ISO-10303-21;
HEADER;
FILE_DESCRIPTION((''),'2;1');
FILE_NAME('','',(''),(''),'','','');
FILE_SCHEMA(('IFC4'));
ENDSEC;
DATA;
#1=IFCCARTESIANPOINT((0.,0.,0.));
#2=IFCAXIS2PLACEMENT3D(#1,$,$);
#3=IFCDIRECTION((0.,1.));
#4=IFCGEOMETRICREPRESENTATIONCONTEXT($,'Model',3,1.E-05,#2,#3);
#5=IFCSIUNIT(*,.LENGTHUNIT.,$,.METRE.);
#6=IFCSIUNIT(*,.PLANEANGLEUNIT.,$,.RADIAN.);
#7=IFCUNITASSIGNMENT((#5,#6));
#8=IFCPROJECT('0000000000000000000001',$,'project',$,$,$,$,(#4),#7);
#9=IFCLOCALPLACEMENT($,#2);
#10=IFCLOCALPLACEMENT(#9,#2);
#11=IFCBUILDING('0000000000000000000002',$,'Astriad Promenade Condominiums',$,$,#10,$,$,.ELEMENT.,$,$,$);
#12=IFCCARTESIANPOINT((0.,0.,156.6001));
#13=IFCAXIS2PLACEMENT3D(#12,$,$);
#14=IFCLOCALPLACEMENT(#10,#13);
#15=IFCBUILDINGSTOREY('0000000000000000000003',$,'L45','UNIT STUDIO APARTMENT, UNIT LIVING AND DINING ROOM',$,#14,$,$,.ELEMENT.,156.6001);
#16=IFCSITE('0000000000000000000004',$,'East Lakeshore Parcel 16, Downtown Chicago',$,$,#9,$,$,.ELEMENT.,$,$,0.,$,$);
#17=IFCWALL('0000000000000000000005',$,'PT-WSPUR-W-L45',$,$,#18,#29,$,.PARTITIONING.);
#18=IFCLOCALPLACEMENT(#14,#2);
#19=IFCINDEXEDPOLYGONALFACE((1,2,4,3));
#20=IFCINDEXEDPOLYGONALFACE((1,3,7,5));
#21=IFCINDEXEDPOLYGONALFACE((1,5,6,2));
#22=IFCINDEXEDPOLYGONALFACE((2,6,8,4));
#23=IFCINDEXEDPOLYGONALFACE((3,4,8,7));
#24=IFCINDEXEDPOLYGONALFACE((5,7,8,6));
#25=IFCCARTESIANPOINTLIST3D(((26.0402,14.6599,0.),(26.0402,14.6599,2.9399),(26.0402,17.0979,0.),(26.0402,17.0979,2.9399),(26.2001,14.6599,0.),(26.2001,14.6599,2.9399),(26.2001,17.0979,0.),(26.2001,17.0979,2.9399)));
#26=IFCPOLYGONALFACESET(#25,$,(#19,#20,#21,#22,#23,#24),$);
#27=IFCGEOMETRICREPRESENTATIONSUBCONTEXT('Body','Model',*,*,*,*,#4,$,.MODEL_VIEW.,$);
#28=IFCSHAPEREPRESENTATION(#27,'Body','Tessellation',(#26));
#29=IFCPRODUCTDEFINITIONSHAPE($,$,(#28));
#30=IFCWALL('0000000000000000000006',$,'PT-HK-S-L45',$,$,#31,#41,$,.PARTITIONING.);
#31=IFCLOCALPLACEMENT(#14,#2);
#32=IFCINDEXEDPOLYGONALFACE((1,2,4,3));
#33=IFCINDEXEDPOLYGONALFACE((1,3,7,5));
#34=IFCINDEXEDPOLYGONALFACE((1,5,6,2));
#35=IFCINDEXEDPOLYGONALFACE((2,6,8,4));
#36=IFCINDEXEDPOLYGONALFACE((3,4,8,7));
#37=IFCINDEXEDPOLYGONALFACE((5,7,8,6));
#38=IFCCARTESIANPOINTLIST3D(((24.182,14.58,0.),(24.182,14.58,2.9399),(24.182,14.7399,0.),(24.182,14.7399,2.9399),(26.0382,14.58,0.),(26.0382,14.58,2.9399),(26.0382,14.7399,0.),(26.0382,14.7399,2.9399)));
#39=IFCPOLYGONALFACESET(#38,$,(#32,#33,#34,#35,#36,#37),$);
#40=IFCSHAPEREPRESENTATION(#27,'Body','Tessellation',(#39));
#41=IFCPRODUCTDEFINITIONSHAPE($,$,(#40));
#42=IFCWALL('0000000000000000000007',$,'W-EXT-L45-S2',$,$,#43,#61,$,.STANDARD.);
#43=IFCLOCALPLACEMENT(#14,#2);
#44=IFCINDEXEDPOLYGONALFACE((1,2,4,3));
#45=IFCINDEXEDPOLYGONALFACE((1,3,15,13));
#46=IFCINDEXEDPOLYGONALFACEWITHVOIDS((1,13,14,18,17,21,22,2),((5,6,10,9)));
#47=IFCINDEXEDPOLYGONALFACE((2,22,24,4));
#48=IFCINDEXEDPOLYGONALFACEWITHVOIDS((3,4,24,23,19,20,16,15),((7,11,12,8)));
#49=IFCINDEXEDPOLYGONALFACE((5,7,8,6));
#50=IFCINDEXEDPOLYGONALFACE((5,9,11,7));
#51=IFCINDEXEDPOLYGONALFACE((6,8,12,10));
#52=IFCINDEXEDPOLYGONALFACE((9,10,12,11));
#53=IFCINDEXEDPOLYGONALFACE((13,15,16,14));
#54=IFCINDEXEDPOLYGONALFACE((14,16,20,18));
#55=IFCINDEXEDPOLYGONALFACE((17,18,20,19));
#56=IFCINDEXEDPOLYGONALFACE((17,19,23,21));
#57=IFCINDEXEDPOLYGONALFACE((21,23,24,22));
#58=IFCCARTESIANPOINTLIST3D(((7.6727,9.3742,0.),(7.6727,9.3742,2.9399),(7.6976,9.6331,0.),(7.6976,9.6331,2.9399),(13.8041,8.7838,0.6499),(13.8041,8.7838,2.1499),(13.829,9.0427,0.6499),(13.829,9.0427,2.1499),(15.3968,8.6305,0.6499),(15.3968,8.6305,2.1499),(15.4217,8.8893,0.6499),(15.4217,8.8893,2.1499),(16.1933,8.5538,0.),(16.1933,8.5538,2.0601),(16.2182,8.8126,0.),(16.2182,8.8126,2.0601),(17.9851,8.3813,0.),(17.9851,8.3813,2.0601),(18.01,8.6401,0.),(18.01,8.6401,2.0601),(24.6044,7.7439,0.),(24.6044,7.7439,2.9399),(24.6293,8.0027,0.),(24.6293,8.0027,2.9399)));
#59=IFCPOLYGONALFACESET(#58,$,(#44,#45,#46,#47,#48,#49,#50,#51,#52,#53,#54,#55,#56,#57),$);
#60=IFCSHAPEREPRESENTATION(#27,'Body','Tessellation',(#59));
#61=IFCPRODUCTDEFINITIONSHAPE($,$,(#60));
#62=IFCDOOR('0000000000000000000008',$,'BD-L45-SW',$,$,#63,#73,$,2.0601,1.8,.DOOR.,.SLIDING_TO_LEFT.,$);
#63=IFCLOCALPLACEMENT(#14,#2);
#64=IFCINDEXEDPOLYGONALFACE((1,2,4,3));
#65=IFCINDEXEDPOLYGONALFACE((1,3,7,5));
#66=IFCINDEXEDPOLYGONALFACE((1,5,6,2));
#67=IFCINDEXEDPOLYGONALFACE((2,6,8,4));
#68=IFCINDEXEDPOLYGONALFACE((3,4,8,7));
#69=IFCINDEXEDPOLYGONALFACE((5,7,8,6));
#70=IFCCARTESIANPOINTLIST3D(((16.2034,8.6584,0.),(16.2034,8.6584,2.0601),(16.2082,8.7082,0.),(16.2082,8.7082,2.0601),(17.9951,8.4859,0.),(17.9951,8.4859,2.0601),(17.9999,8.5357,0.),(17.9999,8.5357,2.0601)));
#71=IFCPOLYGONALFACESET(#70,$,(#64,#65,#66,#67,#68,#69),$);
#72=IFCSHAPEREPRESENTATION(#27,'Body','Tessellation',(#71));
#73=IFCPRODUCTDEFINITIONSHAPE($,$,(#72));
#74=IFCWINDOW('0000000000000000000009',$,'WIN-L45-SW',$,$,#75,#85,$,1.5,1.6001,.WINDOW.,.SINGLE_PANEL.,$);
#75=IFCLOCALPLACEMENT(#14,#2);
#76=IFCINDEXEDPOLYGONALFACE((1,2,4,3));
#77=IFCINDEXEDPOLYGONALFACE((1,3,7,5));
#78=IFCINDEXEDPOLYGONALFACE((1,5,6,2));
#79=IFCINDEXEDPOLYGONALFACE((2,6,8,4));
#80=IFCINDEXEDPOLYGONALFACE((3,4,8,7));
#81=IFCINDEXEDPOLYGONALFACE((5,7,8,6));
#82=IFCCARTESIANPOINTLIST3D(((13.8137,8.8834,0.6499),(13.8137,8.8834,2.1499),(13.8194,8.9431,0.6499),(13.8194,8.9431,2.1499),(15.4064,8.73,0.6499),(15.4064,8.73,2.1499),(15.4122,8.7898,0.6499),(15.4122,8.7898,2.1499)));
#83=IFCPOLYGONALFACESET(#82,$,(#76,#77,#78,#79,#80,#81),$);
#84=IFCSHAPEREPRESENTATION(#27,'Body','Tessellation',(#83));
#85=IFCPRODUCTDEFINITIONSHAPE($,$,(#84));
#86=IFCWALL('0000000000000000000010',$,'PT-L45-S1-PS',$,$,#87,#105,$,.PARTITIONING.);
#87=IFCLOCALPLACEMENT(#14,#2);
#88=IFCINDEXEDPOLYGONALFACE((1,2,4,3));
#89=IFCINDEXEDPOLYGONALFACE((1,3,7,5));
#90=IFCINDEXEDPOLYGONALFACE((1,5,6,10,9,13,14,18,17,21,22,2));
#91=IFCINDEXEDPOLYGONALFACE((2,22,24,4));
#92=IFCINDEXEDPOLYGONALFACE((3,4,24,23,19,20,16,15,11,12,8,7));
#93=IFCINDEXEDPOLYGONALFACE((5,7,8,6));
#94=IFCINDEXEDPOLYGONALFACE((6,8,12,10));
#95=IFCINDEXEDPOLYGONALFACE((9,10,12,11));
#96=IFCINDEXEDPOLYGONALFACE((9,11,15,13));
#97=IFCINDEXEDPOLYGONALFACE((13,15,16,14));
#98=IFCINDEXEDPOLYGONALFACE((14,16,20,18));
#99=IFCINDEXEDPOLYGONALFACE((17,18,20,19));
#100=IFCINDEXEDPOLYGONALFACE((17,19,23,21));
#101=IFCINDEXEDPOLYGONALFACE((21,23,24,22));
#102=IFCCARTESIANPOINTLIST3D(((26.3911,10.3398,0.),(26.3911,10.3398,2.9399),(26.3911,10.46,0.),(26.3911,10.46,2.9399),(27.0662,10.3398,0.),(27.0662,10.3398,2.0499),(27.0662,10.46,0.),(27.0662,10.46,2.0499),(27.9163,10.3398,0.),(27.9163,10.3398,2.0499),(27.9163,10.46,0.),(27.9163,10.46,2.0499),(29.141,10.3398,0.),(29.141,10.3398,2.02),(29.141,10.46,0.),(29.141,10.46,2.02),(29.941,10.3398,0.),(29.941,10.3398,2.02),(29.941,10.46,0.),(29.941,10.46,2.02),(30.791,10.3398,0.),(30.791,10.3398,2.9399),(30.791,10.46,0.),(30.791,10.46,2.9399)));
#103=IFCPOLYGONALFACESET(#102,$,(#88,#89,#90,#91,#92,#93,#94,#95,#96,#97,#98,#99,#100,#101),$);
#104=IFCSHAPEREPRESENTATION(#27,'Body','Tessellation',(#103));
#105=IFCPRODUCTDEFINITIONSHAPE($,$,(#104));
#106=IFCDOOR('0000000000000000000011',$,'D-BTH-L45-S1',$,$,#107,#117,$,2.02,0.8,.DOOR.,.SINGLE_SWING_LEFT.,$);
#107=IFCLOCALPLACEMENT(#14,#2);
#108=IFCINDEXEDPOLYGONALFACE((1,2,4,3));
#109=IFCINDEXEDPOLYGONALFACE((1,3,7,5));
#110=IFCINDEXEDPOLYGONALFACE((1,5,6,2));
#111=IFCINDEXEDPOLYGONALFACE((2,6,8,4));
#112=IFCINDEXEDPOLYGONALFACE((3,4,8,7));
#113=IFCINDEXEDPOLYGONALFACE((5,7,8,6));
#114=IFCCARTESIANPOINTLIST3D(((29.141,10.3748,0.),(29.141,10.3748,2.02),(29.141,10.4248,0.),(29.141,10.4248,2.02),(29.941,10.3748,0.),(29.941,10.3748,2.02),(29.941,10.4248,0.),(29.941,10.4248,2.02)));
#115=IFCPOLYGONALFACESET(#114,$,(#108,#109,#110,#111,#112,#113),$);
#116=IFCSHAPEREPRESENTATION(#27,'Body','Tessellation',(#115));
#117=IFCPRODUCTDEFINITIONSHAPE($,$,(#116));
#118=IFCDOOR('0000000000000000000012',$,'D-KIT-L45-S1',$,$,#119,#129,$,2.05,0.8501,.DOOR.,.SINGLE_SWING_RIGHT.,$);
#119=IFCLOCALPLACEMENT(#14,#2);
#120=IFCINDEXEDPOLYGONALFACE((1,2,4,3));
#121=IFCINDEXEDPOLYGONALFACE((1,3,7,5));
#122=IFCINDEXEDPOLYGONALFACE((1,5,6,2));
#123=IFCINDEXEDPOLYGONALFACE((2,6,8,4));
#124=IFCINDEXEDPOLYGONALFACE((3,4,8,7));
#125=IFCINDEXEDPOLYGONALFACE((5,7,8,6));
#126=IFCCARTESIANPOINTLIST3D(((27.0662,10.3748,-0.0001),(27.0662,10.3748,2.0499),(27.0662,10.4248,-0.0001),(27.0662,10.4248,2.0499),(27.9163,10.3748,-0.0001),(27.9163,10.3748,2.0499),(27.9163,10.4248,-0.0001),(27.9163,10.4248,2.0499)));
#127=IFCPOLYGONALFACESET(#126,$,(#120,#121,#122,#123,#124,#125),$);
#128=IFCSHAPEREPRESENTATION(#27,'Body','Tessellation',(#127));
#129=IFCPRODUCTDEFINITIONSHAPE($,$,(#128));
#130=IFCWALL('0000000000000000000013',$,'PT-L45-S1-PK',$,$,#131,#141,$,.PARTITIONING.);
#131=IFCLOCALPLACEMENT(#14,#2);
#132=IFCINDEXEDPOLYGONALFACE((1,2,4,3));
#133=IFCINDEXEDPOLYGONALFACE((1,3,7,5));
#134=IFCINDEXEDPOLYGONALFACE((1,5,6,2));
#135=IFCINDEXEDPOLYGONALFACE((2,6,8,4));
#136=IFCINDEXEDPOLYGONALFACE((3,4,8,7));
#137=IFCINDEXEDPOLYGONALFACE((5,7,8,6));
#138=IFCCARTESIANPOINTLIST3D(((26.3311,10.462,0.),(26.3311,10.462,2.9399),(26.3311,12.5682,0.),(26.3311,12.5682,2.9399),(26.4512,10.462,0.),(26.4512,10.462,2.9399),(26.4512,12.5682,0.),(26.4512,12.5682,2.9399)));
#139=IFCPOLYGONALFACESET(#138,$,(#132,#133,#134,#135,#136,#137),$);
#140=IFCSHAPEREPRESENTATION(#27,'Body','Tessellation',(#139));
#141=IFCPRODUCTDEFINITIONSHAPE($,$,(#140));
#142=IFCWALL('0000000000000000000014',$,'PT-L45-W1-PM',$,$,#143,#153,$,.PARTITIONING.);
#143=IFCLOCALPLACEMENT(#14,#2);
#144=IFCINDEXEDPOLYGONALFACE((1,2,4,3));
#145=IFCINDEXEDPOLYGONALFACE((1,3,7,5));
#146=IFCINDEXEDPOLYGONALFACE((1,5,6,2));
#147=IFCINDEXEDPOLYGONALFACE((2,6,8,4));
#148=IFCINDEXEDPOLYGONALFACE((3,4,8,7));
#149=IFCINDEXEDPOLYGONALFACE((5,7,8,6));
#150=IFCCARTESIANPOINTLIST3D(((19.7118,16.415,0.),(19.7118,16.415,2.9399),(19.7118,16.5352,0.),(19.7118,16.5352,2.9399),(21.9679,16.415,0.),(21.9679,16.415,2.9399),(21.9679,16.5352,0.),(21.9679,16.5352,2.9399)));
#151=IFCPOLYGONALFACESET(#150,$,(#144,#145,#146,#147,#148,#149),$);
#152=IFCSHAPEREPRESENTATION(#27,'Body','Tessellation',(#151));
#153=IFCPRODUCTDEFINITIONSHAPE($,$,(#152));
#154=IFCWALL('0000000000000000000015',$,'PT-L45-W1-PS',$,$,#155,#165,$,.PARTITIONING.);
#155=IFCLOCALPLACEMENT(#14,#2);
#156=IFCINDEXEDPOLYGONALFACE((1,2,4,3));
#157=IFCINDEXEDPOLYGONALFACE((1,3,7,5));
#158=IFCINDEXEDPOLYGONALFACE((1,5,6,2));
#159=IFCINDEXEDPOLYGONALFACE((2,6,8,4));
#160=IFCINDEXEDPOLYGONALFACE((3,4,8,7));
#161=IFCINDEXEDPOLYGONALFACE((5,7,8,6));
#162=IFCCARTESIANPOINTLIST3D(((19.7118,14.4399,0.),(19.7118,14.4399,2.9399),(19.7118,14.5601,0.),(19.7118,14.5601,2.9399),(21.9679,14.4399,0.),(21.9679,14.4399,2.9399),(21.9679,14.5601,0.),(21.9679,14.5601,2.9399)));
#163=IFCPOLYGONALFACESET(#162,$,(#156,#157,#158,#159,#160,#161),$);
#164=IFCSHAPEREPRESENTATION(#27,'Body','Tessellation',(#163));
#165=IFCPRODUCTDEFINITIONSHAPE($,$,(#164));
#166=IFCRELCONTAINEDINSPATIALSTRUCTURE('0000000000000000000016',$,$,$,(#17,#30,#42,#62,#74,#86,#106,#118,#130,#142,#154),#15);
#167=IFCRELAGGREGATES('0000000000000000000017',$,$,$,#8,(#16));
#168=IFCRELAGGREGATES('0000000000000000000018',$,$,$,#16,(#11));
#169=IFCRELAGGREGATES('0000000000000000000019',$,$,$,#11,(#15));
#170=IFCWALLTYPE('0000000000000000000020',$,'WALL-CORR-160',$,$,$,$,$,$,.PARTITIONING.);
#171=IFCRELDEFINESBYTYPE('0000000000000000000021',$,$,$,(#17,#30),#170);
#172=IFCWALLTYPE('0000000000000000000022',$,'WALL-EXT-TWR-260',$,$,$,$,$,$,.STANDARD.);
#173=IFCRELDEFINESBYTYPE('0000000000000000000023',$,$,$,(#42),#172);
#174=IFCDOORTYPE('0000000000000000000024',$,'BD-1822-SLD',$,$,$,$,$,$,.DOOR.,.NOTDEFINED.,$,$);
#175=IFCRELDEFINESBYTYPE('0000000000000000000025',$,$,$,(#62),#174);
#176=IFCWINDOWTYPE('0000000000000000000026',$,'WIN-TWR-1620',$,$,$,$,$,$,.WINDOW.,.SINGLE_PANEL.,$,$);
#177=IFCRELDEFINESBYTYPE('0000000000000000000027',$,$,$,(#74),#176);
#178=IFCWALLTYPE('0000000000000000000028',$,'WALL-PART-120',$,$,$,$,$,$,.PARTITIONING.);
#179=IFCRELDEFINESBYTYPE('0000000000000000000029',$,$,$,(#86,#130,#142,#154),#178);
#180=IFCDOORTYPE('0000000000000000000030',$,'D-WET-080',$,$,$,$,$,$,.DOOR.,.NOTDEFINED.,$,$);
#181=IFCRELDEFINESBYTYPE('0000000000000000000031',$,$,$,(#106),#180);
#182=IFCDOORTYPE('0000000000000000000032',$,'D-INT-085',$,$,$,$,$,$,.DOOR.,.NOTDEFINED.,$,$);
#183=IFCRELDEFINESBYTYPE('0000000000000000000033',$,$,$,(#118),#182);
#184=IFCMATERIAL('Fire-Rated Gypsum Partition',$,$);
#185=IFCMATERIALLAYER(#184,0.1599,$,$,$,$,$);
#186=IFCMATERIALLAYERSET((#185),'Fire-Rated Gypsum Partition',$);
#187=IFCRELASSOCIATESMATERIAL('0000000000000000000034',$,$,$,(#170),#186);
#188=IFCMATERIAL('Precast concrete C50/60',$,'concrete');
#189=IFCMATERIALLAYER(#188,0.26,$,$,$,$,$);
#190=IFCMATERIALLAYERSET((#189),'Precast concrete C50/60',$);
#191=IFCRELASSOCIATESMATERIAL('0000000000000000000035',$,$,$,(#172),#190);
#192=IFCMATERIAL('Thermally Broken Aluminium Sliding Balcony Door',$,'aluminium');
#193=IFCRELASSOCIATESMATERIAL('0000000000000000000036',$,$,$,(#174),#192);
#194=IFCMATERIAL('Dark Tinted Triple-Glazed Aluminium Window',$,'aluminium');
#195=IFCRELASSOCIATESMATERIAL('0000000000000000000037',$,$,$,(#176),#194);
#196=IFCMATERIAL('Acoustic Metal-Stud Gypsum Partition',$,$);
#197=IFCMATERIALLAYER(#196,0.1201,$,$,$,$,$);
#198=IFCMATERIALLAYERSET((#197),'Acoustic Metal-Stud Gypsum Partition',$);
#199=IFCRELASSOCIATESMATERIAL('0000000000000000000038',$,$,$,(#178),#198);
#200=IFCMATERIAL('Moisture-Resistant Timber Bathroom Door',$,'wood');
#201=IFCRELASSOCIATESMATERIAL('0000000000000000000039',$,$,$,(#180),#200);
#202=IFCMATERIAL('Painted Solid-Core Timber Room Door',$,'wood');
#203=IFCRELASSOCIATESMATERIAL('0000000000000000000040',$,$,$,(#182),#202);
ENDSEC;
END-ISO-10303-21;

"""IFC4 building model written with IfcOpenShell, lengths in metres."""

from ifc_helpers import new_model, si_unit, direction, frame, frame_2d, origin, place, context, subcontext, project, spatial, rectangle, extrude, source, transform, mapped, material, layer, layer_set, type_object, type_shapes, element, fill, save


model = new_model("IFC4")

# Units and contexts
model_context = context("Model", 3, precision=1e-05, world=origin(), true_north=direction((0.0, 1.0)))
body_context = subcontext(model_context, "Body", "Model", "MODEL_VIEW")
ifc_project = project(units=[si_unit("LENGTHUNIT", "METRE"), si_unit("PLANEANGLEUNIT", "RADIAN")], contexts=[model_context])

# Site, building, storey
site_placement = place(None, origin())
site = spatial("IfcSite", under=ifc_project, at=site_placement, Name="East Lakeshore Parcel 16, Downtown Chicago", CompositionType="ELEMENT", RefElevation=0.0)
building_placement = place(site_placement, origin())
building = spatial("IfcBuilding", under=site, at=building_placement, Name="Astriad Promenade Condominiums", CompositionType="ELEMENT")
storey_placement = place(building_placement, frame((0.0, 0.0, 156.6001)))
storey = spatial("IfcBuildingStorey", under=building, at=storey_placement, Name="L45", Description="UNIT STUDIO APARTMENT, UNIT LIVING AND DINING ROOM", CompositionType="ELEMENT", Elevation=156.6001)

# Shared definitions
ifc_material_1 = material(Name="Fire-Rated Gypsum Partition")
ifc_layer_1 = layer(ifc_material_1, 0.1599)
ifc_layer_set_1 = layer_set([ifc_layer_1], Name="Fire-Rated Gypsum Partition")
wall_type_1 = type_object("IfcWallType", Name="WALL-CORR-160", PredefinedType="PARTITIONING", material=ifc_layer_set_1)

# Walls
wall_1_placement = place(storey_placement, frame((26.1201, 14.6599, 0.0), z_axis=(0.0, 0.0, 1.0), x_axis=(0.0, 1.0, 0.0)))
element("IfcWall", 1, at=wall_1_placement, inside=storey, type_object=wall_type_1, Name="PT-WSPUR-W-L45", PredefinedType="PARTITIONING", context=body_context, shape_type="SweptSolid", body=[
    extrude(rectangle(XDim=2.438, YDim=0.1599, at=frame_2d((1.219, 0.0))), origin(), (0.0, 0.0, 1.0), 2.9399),
])
wall_2_placement = place(storey_placement, frame((24.1819, 14.6599, 0.0), z_axis=(0.0, 0.0, 1.0), x_axis=(1.0, 0.0, 0.0)))
element("IfcWall", 2, at=wall_2_placement, inside=storey, type_object=wall_type_1, Name="PT-HK-S-L45", PredefinedType="PARTITIONING", context=body_context, shape_type="SweptSolid", body=[
    extrude(rectangle(XDim=1.8562, YDim=0.1599, at=frame_2d((0.9282, 0.0))), origin(), (0.0, 0.0, 1.0), 2.9399),
])

# Wall, openings, door, window
ifc_material_2 = material(Name="Precast concrete C50/60", Category="concrete")
ifc_layer_2 = layer(ifc_material_2, 0.26)
ifc_layer_set_2 = layer_set([ifc_layer_2], Name="Precast concrete C50/60")
wall_type_2 = type_object("IfcWallType", Name="WALL-EXT-TWR-260", PredefinedType="STANDARD", material=ifc_layer_set_2)
wall_3_placement = place(storey_placement, frame((24.6167, 7.8733, 0.0), z_axis=(0.0, 0.0, 1.0), x_axis=(-0.995396, 0.095848, 0.0)))
wall_3 = element("IfcWall", 3, at=wall_3_placement, inside=storey, type_object=wall_type_2, Name="W-EXT-L45-S2", PredefinedType="STANDARD", context=body_context, shape_type="SweptSolid", body=[
    extrude(rectangle(XDim=17.01, YDim=0.26, at=frame_2d((8.5049, 0.0))), origin(), (0.0, 0.0, 1.0), 2.9399),
])
opening_1_placement = place(wall_3_placement, frame((6.6499, 0.0, 0.0)))
opening_1 = element("IfcOpeningElement", 4, at=opening_1_placement, cuts=wall_3, PredefinedType="OPENING", context=body_context, shape_type="SweptSolid", body=[
    extrude(rectangle(XDim=1.8, YDim=2.0601, at=frame_2d((0.8999, 1.03))), frame((0.0, 0.1399, 0.0), z_axis=(0.0, -1.0, 0.0), x_axis=(1.0, 0.0, 0.0)), (0.0, 0.0, 1.0), 0.28),
])
opening_2_placement = place(wall_3_placement, frame((9.25, 0.0, 0.6499)))
opening_2 = element("IfcOpeningElement", 5, at=opening_2_placement, cuts=wall_3, PredefinedType="OPENING", context=body_context, shape_type="SweptSolid", body=[
    extrude(rectangle(XDim=1.6001, YDim=1.5, at=frame_2d((0.8, 0.75))), frame((0.0, 0.1399, 0.0), z_axis=(0.0, -1.0, 0.0), x_axis=(1.0, 0.0, 0.0)), (0.0, 0.0, 1.0), 0.28),
])
ifc_material_3 = material(Name="Thermally Broken Aluminium Sliding Balcony Door", Category="aluminium")
door_type_1 = type_object("IfcDoorType", Name="BD-1822-SLD", OperationType="NOTDEFINED", PredefinedType="DOOR", material=ifc_material_3)
shared_shape_1 = source(origin(), body_context, "Body", "SweptSolid", [
    extrude(rectangle(XDim=1.8, YDim=2.0601, at=frame_2d((0.8999, 1.03))), frame((0.0, 0.0249, 0.0), z_axis=(0.0, -1.0, 0.0), x_axis=(1.0, 0.0, 0.0)), (0.0, 0.0, 1.0), 0.05),
])
type_shapes(door_type_1, [shared_shape_1])
door_1_placement = place(opening_1_placement, origin())
door_1 = element("IfcDoor", 6, at=door_1_placement, inside=storey, type_object=door_type_1, Name="BD-L45-SW", OperationType="SLIDING_TO_LEFT", OverallHeight=2.0601, OverallWidth=1.8, PredefinedType="DOOR", context=body_context, shape_type="MappedRepresentation", body=[
    mapped(shared_shape_1, transform((0.0, 0.0, 0.0), scale=1.0)),
])
fill(opening_1, door_1)
ifc_material_4 = material(Name="Dark Tinted Triple-Glazed Aluminium Window", Category="aluminium")
window_type = type_object("IfcWindowType", Name="WIN-TWR-1620", PartitioningType="SINGLE_PANEL", PredefinedType="WINDOW", material=ifc_material_4)
shared_shape_2 = source(origin(), body_context, "Body", "SweptSolid", [
    extrude(rectangle(XDim=1.6001, YDim=1.5, at=frame_2d((0.8, 0.75))), frame((0.0, 0.03, 0.0), z_axis=(0.0, -1.0, 0.0), x_axis=(1.0, 0.0, 0.0)), (0.0, 0.0, 1.0), 0.0601),
])
type_shapes(window_type, [shared_shape_2])
window_placement = place(opening_2_placement, origin())
window = element("IfcWindow", 7, at=window_placement, inside=storey, type_object=window_type, Name="WIN-L45-SW", OverallHeight=1.5, OverallWidth=1.6001, PartitioningType="SINGLE_PANEL", PredefinedType="WINDOW", context=body_context, shape_type="MappedRepresentation", body=[
    mapped(shared_shape_2, transform((0.0, 0.0, 0.0), scale=1.0)),
])
fill(opening_2, window)

# Wall, openings, doors
ifc_material_5 = material(Name="Acoustic Metal-Stud Gypsum Partition")
ifc_layer_3 = layer(ifc_material_5, 0.1201)
ifc_layer_set_3 = layer_set([ifc_layer_3], Name="Acoustic Metal-Stud Gypsum Partition")
wall_type_3 = type_object("IfcWallType", Name="WALL-PART-120", PredefinedType="PARTITIONING", material=ifc_layer_set_3)
wall_4_placement = place(storey_placement, frame((26.3911, 10.3999, 0.0), z_axis=(0.0, 0.0, 1.0), x_axis=(1.0, 0.0, 0.0)))
wall_4 = element("IfcWall", 8, at=wall_4_placement, inside=storey, type_object=wall_type_3, Name="PT-L45-S1-PS", PredefinedType="PARTITIONING", context=body_context, shape_type="SweptSolid", body=[
    extrude(rectangle(XDim=4.3999, YDim=0.1201, at=frame_2d((2.2, 0.0))), origin(), (0.0, 0.0, 1.0), 2.9399),
])
opening_3_placement = place(wall_4_placement, frame((0.675, 0.0, 0.0)))
opening_3 = element("IfcOpeningElement", 9, at=opening_3_placement, cuts=wall_4, PredefinedType="OPENING", context=body_context, shape_type="SweptSolid", body=[
    extrude(rectangle(XDim=0.8501, YDim=2.05, at=frame_2d((0.425, 1.0249))), frame((0.0, 0.0701, 0.0), z_axis=(0.0, -1.0, 0.0), x_axis=(1.0, 0.0, 0.0)), (0.0, 0.0, 1.0), 0.1401),
])
opening_4_placement = place(wall_4_placement, frame((2.75, 0.0, 0.0)))
opening_4 = element("IfcOpeningElement", 10, at=opening_4_placement, cuts=wall_4, PredefinedType="OPENING", context=body_context, shape_type="SweptSolid", body=[
    extrude(rectangle(XDim=0.8, YDim=2.02, at=frame_2d((0.3999, 1.01))), frame((0.0, 0.0701, 0.0), z_axis=(0.0, -1.0, 0.0), x_axis=(1.0, 0.0, 0.0)), (0.0, 0.0, 1.0), 0.1401),
])
ifc_material_6 = material(Name="Moisture-Resistant Timber Bathroom Door", Category="wood")
door_type_2 = type_object("IfcDoorType", Name="D-WET-080", OperationType="NOTDEFINED", PredefinedType="DOOR", material=ifc_material_6)
shared_shape_3 = source(origin(), body_context, "Body", "SweptSolid", [
    extrude(rectangle(XDim=0.8, YDim=2.02, at=frame_2d((0.3999, 1.01))), frame((0.0, 0.0249, 0.0), z_axis=(0.0, -1.0, 0.0), x_axis=(1.0, 0.0, 0.0)), (0.0, 0.0, 1.0), 0.05),
])
type_shapes(door_type_2, [shared_shape_3])
door_2_placement = place(opening_4_placement, origin())
door_2 = element("IfcDoor", 11, at=door_2_placement, inside=storey, type_object=door_type_2, Name="D-BTH-L45-S1", OperationType="SINGLE_SWING_LEFT", OverallHeight=2.02, OverallWidth=0.8, PredefinedType="DOOR", context=body_context, shape_type="MappedRepresentation", body=[
    mapped(shared_shape_3, transform((0.0, 0.0, 0.0), scale=1.0)),
])
fill(opening_4, door_2)
ifc_material_7 = material(Name="Painted Solid-Core Timber Room Door", Category="wood")
door_type_3 = type_object("IfcDoorType", Name="D-INT-085", OperationType="NOTDEFINED", PredefinedType="DOOR", material=ifc_material_7)
shared_shape_4 = source(origin(), body_context, "Body", "SweptSolid", [
    extrude(rectangle(XDim=0.8501, YDim=2.05, at=frame_2d((0.425, 1.0249))), frame((0.0, 0.0249, 0.0), z_axis=(0.0, -1.0, 0.0), x_axis=(1.0, 0.0, 0.0)), (0.0, 0.0, 1.0), 0.05),
])
type_shapes(door_type_3, [shared_shape_4])
door_3_placement = place(opening_3_placement, origin())
door_3 = element("IfcDoor", 12, at=door_3_placement, inside=storey, type_object=door_type_3, Name="D-KIT-L45-S1", OperationType="SINGLE_SWING_RIGHT", OverallHeight=2.05, OverallWidth=0.8501, PredefinedType="DOOR", context=body_context, shape_type="MappedRepresentation", body=[
    mapped(shared_shape_4, transform((0.0, 0.0, 0.0), scale=1.0)),
])
fill(opening_3, door_3)

# Walls
wall_5_placement = place(storey_placement, frame((26.3911, 10.4619, 0.0), z_axis=(0.0, 0.0, 1.0), x_axis=(0.0, 1.0, 0.0)))
element("IfcWall", 13, at=wall_5_placement, inside=storey, type_object=wall_type_3, Name="PT-L45-S1-PK", PredefinedType="PARTITIONING", context=body_context, shape_type="SweptSolid", body=[
    extrude(rectangle(XDim=2.1062, YDim=0.1201, at=frame_2d((1.0532, 0.0))), origin(), (0.0, 0.0, 1.0), 2.9399),
])
for number, where, z_axis, x_axis, name in (
    (14, (19.7119, 16.4751, 0.0), (0.0, 0.0, 1.0), (1.0, 0.0, 0.0), "PT-L45-W1-PM"),
    (15, (19.7119, 14.5, 0.0), (0.0, 0.0, 1.0), (1.0, 0.0, 0.0), "PT-L45-W1-PS"),
):
    element("IfcWall", number, at=place(storey_placement, frame(where, z_axis=z_axis, x_axis=x_axis)), inside=storey, type_object=wall_type_3, Name=name, PredefinedType="PARTITIONING", context=body_context, shape_type="SweptSolid", body=[
        extrude(rectangle(XDim=2.2561, YDim=0.1201, at=frame_2d((1.1279, 0.0))), origin(), (0.0, 0.0, 1.0), 2.9399),
    ])

save(model, "model.ifc")
